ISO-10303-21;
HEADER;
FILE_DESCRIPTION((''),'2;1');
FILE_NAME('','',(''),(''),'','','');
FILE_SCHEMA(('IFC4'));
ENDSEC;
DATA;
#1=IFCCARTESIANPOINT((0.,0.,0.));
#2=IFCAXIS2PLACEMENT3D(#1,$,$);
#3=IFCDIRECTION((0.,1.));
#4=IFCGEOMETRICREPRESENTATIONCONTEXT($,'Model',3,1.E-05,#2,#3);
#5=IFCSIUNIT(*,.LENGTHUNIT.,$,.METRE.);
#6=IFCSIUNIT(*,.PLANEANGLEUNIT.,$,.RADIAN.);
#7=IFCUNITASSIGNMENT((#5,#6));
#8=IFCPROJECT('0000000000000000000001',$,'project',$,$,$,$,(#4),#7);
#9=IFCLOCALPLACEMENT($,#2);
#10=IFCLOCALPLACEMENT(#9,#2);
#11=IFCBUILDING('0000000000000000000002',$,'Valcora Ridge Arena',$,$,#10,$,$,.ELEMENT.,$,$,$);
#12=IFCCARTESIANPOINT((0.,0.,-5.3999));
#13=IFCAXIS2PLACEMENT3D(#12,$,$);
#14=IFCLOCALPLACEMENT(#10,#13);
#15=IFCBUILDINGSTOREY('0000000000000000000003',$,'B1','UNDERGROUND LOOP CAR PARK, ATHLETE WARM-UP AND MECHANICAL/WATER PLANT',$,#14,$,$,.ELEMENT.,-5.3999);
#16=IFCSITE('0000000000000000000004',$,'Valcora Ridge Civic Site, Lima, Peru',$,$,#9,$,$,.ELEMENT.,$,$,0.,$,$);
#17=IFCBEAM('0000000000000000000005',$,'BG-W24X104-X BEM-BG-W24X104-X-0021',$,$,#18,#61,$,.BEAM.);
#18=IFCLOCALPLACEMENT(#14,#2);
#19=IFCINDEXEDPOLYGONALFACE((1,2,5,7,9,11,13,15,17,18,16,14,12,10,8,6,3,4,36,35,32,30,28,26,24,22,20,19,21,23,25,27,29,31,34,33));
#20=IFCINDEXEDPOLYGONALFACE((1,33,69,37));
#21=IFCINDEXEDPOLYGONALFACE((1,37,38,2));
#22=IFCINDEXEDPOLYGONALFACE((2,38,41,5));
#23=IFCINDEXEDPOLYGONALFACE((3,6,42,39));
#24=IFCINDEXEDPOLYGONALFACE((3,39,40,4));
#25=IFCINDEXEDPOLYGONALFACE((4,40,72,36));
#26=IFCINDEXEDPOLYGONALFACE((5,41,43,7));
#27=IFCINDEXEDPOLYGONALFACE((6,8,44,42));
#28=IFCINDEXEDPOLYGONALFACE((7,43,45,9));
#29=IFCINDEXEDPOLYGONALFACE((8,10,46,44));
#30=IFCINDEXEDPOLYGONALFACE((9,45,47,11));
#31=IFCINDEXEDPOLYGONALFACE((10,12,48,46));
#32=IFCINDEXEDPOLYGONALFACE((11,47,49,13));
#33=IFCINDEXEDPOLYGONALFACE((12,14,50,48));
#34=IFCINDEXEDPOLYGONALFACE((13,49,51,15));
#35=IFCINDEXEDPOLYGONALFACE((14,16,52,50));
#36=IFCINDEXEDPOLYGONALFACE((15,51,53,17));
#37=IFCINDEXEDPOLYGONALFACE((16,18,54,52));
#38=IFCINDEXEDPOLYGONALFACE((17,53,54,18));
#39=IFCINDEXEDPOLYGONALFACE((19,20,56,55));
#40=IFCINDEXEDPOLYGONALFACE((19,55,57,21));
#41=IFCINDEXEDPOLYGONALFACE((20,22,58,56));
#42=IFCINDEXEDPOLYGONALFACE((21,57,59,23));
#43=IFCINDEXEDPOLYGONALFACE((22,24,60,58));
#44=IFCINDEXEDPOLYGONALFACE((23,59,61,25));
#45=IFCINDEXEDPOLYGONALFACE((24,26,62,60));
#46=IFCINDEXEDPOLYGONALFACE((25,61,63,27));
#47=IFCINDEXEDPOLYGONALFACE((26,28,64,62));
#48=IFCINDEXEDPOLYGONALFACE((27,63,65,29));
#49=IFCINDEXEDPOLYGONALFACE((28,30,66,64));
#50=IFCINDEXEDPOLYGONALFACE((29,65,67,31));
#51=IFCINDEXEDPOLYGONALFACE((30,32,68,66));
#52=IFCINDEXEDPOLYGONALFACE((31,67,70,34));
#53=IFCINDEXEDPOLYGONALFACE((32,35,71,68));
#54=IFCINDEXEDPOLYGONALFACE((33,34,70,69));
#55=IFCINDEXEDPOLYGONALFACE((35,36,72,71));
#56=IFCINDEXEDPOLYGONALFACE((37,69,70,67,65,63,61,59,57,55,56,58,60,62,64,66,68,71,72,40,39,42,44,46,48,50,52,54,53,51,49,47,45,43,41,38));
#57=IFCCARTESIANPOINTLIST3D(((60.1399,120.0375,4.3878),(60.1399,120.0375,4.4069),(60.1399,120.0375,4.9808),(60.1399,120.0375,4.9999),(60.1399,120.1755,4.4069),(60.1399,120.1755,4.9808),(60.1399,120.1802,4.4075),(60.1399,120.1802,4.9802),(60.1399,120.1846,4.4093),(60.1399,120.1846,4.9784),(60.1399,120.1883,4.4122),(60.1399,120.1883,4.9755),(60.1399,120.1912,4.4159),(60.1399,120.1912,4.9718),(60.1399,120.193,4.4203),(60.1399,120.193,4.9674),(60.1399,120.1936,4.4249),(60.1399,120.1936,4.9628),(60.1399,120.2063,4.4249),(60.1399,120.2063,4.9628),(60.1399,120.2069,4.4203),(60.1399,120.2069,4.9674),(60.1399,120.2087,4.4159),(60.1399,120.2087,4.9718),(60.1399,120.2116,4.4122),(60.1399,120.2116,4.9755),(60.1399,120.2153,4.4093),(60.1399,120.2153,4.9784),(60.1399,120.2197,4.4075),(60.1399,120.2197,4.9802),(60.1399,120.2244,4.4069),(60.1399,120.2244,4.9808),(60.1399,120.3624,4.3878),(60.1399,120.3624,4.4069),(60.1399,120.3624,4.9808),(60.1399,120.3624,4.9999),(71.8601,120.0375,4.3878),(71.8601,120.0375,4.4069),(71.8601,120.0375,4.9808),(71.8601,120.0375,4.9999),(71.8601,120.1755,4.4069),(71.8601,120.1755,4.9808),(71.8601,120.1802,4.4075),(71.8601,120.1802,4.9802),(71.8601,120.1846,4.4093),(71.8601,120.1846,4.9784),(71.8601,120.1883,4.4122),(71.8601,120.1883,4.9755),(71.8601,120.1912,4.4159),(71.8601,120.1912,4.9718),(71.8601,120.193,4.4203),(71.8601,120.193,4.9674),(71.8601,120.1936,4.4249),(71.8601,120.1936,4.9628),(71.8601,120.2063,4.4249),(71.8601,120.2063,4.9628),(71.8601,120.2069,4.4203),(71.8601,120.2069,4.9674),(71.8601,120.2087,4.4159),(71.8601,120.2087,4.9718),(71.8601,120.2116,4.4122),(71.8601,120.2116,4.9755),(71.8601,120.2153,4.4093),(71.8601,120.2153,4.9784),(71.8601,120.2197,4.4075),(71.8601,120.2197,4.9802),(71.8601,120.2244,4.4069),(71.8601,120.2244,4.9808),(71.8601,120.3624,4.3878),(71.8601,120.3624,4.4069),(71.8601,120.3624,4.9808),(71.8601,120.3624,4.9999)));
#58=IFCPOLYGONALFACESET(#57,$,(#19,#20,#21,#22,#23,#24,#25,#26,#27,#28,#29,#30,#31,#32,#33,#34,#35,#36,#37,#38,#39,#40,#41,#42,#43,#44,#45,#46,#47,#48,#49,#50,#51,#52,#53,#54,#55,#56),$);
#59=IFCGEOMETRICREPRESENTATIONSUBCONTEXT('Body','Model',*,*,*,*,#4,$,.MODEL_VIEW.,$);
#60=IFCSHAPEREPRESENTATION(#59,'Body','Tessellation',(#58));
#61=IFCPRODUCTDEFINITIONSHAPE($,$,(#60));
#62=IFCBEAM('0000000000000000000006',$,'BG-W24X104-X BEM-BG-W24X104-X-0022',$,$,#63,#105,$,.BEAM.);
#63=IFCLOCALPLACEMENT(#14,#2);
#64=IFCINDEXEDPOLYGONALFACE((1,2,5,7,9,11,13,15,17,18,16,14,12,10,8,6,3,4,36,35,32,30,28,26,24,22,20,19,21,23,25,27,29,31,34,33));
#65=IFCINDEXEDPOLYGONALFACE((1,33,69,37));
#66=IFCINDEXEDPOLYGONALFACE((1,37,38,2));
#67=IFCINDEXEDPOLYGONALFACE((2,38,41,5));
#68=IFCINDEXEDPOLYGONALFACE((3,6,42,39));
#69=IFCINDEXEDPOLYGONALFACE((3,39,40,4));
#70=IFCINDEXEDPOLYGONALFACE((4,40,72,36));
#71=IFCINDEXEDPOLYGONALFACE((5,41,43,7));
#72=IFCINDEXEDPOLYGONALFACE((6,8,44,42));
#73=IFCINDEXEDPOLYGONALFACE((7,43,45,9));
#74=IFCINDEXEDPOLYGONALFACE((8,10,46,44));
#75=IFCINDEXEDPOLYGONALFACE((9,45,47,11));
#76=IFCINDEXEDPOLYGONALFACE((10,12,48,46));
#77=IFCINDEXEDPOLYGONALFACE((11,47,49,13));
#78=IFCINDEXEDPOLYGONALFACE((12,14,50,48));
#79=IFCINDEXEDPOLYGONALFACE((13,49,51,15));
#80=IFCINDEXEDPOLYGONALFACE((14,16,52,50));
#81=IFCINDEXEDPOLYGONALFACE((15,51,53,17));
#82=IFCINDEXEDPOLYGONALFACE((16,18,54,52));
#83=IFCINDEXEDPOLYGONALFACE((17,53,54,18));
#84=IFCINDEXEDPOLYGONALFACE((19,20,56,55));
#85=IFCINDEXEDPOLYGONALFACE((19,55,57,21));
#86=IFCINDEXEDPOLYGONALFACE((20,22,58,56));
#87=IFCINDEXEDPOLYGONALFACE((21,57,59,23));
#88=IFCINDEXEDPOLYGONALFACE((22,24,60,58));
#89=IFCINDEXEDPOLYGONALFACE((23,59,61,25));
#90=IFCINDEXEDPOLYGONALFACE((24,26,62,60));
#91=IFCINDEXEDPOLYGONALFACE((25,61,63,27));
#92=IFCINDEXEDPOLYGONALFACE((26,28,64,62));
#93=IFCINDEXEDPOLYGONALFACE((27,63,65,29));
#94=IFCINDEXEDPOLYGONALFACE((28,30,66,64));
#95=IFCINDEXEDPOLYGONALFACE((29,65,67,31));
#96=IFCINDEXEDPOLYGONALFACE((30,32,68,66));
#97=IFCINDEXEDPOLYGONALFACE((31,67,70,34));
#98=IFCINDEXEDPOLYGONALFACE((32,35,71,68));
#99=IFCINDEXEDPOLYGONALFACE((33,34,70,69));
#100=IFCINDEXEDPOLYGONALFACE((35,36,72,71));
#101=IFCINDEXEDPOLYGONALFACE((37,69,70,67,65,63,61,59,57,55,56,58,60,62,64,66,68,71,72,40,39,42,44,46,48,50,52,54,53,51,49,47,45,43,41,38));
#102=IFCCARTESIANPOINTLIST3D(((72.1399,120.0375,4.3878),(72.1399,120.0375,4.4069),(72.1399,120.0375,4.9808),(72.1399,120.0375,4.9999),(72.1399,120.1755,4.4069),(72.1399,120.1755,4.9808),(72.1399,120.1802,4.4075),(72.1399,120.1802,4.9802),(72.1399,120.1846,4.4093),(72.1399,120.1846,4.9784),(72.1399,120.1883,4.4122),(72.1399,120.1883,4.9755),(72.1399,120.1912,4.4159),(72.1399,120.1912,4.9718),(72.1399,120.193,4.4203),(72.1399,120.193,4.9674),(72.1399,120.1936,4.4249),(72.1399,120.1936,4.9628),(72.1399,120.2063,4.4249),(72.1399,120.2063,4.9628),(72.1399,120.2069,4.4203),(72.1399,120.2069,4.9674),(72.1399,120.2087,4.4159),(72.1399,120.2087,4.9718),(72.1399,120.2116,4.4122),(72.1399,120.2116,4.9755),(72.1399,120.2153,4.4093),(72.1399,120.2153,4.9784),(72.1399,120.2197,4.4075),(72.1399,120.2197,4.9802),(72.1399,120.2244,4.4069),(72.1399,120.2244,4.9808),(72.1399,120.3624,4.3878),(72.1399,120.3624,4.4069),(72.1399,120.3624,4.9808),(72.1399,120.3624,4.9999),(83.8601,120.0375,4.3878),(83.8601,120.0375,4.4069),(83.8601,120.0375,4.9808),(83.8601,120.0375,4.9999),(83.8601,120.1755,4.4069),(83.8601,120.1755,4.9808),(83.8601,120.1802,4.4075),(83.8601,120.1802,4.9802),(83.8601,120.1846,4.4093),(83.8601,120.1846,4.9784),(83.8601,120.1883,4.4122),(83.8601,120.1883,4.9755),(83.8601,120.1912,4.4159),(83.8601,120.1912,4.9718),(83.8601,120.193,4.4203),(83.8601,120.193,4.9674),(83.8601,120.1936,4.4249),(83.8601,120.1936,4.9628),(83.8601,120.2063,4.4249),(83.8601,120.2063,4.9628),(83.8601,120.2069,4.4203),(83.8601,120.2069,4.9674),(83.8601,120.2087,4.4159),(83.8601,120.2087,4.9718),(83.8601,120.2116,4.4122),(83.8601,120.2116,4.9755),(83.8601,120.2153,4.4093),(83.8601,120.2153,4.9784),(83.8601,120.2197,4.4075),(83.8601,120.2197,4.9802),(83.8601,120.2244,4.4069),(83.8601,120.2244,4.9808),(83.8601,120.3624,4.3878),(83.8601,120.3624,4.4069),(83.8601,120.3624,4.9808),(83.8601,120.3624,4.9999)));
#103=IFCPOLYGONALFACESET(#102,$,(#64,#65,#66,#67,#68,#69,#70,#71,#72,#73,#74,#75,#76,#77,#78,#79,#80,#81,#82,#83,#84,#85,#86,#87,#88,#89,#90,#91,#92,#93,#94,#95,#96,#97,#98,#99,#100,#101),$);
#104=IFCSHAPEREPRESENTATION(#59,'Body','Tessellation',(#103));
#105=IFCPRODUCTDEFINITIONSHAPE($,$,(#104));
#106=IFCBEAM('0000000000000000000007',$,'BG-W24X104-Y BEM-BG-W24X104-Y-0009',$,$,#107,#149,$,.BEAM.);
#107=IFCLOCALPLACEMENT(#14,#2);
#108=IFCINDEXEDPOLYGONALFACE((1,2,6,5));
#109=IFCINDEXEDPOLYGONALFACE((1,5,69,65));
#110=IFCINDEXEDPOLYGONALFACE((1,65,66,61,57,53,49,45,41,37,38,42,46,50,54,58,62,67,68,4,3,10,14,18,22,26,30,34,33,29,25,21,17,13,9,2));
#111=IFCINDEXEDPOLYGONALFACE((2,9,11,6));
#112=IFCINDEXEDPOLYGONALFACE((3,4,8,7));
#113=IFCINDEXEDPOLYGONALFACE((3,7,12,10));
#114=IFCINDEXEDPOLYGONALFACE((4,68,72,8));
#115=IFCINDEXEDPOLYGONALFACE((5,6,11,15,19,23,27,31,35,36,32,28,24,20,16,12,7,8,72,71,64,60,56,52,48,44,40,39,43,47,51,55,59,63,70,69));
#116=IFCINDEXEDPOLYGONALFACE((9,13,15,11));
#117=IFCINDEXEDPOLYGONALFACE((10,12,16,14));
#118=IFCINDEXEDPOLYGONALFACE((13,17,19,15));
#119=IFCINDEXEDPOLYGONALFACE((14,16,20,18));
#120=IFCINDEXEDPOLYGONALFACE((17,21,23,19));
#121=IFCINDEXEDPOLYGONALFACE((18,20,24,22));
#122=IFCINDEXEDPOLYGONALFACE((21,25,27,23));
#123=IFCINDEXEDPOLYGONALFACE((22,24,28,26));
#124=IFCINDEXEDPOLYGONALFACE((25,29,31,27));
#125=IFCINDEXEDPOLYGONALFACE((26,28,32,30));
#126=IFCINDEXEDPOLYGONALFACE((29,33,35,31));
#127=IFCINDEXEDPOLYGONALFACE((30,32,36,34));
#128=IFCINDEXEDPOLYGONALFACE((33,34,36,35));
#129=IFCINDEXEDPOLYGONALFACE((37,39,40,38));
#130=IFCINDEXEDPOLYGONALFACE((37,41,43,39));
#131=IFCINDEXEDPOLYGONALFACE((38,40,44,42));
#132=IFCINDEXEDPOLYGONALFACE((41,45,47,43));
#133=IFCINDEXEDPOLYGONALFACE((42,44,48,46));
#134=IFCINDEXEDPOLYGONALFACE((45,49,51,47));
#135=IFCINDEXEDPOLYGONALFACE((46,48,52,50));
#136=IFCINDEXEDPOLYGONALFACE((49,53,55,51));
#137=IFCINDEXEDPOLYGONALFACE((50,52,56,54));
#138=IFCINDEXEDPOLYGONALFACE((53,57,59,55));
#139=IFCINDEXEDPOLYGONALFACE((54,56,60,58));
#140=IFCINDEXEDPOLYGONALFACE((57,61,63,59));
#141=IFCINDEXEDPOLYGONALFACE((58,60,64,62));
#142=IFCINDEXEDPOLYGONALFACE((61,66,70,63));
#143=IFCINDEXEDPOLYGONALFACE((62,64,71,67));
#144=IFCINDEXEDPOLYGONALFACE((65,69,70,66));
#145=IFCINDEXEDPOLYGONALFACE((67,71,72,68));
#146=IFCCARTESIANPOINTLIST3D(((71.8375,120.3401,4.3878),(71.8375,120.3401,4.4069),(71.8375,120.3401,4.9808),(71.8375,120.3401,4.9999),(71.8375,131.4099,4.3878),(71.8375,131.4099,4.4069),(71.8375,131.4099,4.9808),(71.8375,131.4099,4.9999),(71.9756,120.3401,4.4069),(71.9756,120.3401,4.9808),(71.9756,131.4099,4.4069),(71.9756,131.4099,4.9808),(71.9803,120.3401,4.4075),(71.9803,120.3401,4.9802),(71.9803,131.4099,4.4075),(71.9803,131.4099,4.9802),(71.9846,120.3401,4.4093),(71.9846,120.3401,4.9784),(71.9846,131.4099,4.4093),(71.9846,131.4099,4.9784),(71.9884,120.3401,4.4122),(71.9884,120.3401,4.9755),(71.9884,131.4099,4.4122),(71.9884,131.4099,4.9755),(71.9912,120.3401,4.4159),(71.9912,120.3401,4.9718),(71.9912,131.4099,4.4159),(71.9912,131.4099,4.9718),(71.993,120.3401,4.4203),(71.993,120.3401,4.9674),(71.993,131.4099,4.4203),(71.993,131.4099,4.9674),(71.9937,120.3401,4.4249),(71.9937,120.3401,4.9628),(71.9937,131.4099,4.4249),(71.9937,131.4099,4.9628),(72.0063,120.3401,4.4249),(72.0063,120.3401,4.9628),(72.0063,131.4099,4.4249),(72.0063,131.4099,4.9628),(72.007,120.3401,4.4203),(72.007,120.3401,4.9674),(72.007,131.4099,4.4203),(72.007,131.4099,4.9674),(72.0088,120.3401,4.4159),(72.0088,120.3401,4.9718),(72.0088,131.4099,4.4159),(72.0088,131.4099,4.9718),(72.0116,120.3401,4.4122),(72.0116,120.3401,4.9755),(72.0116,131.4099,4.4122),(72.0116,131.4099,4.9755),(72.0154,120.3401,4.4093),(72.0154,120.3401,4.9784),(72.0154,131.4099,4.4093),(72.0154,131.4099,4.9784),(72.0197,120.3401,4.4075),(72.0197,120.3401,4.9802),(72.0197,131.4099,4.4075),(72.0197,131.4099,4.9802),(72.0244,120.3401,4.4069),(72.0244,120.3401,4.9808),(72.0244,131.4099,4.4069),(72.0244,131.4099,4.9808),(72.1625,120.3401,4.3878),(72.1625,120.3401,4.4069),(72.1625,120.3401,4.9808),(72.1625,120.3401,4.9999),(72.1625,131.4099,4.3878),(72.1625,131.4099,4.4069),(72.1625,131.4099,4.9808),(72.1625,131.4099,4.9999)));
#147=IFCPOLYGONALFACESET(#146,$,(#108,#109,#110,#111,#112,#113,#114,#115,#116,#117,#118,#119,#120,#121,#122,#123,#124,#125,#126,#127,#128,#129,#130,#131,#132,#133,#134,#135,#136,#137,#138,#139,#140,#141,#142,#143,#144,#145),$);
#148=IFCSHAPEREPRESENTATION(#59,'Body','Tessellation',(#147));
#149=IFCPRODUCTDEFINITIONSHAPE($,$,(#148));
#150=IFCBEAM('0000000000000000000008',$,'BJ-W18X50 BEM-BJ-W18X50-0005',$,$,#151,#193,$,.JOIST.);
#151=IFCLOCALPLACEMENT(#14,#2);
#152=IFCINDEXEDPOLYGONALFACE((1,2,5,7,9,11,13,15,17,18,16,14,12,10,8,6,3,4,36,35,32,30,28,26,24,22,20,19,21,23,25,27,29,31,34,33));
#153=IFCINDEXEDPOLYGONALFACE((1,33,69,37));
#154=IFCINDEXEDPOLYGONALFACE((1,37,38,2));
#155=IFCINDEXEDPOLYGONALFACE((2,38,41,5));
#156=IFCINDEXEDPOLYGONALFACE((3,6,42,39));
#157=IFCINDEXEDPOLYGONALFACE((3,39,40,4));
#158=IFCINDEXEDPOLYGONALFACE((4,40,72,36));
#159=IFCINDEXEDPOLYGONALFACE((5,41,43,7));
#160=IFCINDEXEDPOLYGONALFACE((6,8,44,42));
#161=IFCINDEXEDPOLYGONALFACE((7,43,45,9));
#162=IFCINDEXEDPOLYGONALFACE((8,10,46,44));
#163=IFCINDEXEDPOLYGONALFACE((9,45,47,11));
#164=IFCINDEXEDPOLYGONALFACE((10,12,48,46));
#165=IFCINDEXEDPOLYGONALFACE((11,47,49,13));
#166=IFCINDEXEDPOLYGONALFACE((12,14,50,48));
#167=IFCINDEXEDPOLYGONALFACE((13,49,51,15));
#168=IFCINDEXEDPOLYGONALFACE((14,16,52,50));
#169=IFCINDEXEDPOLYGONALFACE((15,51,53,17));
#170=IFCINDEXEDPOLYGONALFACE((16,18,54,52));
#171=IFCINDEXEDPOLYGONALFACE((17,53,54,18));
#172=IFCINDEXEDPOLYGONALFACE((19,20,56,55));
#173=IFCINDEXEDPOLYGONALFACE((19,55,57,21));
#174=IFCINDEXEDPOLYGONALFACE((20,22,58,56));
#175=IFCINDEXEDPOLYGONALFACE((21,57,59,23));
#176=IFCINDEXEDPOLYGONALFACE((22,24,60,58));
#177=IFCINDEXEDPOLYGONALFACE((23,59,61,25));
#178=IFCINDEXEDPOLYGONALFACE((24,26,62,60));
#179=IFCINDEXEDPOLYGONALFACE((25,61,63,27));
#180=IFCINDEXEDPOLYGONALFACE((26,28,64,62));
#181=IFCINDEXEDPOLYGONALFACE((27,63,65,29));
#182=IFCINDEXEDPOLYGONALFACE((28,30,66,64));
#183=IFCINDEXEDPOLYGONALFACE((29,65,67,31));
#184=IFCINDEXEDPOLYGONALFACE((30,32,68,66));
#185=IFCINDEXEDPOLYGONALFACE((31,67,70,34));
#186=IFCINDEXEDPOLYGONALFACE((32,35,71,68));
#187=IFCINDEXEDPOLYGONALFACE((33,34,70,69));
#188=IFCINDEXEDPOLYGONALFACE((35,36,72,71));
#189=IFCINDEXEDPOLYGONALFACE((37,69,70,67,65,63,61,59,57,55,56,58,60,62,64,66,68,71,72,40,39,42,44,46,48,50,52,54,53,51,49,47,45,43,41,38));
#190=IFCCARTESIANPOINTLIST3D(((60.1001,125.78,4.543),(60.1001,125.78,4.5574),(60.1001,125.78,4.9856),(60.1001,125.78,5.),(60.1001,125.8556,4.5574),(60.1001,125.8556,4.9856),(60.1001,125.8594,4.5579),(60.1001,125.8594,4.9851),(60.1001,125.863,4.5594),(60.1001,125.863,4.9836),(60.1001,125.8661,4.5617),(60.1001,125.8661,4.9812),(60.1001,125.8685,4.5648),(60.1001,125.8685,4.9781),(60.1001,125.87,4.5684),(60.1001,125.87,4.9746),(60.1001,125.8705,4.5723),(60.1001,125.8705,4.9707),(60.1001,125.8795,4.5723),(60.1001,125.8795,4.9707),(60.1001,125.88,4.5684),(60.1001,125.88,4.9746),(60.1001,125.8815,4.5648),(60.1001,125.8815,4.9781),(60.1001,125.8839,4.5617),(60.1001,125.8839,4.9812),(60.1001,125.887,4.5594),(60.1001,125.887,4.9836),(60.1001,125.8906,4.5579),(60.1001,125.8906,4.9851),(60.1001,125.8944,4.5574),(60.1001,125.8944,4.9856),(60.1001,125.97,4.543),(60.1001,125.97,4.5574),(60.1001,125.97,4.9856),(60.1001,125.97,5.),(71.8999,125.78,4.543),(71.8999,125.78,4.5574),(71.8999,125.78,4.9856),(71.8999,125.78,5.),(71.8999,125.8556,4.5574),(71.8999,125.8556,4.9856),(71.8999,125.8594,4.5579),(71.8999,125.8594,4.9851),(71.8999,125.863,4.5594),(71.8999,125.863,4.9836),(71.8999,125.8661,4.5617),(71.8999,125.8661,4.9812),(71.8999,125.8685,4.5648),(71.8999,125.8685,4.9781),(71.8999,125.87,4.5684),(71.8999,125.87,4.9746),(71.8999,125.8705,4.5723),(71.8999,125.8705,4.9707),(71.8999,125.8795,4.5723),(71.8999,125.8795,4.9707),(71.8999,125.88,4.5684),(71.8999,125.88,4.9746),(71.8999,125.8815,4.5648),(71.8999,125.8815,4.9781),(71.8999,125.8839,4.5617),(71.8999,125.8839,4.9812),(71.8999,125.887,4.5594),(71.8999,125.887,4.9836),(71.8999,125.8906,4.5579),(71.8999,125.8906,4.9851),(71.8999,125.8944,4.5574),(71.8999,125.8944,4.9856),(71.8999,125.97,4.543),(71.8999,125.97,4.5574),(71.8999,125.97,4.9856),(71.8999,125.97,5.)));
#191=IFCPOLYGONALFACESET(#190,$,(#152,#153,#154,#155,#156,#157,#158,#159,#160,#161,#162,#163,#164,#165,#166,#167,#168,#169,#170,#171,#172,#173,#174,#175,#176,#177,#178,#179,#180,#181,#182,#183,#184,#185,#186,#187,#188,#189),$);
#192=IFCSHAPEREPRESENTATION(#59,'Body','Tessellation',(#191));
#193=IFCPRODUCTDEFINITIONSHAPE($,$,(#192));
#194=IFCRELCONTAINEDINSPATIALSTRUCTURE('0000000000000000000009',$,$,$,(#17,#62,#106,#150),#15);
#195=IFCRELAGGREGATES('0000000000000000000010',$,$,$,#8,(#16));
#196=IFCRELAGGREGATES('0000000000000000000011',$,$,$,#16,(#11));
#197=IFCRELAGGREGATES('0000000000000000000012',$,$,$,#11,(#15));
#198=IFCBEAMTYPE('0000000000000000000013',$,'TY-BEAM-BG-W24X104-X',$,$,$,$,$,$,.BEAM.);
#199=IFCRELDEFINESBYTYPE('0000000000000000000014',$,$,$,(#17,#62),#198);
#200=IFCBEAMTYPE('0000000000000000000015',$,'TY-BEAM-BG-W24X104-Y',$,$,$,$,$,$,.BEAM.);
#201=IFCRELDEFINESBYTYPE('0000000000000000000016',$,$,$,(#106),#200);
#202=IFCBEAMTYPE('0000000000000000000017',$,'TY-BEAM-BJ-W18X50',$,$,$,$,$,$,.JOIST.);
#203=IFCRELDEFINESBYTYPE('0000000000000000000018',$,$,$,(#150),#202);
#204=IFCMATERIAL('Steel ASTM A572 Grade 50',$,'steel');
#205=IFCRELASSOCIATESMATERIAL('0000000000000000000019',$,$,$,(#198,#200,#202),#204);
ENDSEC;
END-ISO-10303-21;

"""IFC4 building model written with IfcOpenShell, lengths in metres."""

from ifc_helpers import new_model, si_unit, direction, frame, origin, origin_2d, place, context, subcontext, project, spatial, i_section, extrude, material, material_profile, profile_set, type_object, element, save


model = new_model("IFC4")

# Units and contexts
model_context = context("Model", 3, precision=1e-05, world=origin(), true_north=direction((0.0, 1.0)))
body_context = subcontext(model_context, "Body", "Model", "MODEL_VIEW")
ifc_project = project(units=[si_unit("LENGTHUNIT", "METRE"), si_unit("PLANEANGLEUNIT", "RADIAN")], contexts=[model_context])

# Site, building, storey
site_placement = place(None, origin())
site = spatial("IfcSite", under=ifc_project, at=site_placement, Name="Valcora Ridge Civic Site, Lima, Peru", CompositionType="ELEMENT", RefElevation=0.0)
building_placement = place(site_placement, origin())
building = spatial("IfcBuilding", under=site, at=building_placement, Name="Valcora Ridge Arena", CompositionType="ELEMENT")
storey_placement = place(building_placement, frame((0.0, 0.0, -5.3999)))
storey = spatial("IfcBuildingStorey", under=building, at=storey_placement, Name="B1", Description="UNDERGROUND LOOP CAR PARK, ATHLETE WARM-UP AND MECHANICAL/WATER PLANT", CompositionType="ELEMENT", Elevation=-5.3999)

# Beams
ifc_material_1 = material(Name="Steel ASTM A572 Grade 50", Category="steel")
ifc_material_profile_1 = material_profile(ifc_material_1, i_section(OverallWidth=0.325, OverallDepth=0.6121, WebThickness=0.0127, FlangeThickness=0.019, FilletRadius=0.0181, at=origin_2d()), Name="W24X104")
ifc_profile_set_1 = profile_set([ifc_material_profile_1], Name="Steel ASTM A572 Grade 50")
beam_type_1 = type_object("IfcBeamType", Name="TY-BEAM-BG-W24X104-X", PredefinedType="BEAM", material=ifc_profile_set_1)
for number, where, z_axis, x_axis, name in (
    (1, (60.1399, 120.2, 4.6938), (1.0, 0.0, 0.0), (0.0, 1.0, 0.0), "BG-W24X104-X BEM-BG-W24X104-X-0021"),
    (2, (72.1399, 120.2, 4.6938), (1.0, 0.0, 0.0), (0.0, 1.0, 0.0), "BG-W24X104-X BEM-BG-W24X104-X-0022"),
):
    element("IfcBeam", number, at=place(storey_placement, frame(where, z_axis=z_axis, x_axis=x_axis)), inside=storey, type_object=beam_type_1, Name=name, PredefinedType="BEAM", context=body_context, shape_type="SweptSolid", body=[
        extrude(i_section(OverallWidth=0.325, OverallDepth=0.6121, WebThickness=0.0127, FlangeThickness=0.019, FilletRadius=0.0181, at=origin_2d()), origin(), (0.0, 0.0, 1.0), 11.7202),
    ])
ifc_material_profile_2 = material_profile(ifc_material_1, i_section(OverallWidth=0.325, OverallDepth=0.6121, WebThickness=0.0127, FlangeThickness=0.019, FilletRadius=0.0181, at=origin_2d()), Name="W24X104")
ifc_profile_set_2 = profile_set([ifc_material_profile_2], Name="Steel ASTM A572 Grade 50")
beam_type_2 = type_object("IfcBeamType", Name="TY-BEAM-BG-W24X104-Y", PredefinedType="BEAM", material=ifc_profile_set_2)
beam_placement = place(storey_placement, frame((72.0, 120.3401, 4.6938), z_axis=(0.0, 1.0, 0.0), x_axis=(-1.0, 0.0, 0.0)))
element("IfcBeam", 3, at=beam_placement, inside=storey, type_object=beam_type_2, Name="BG-W24X104-Y BEM-BG-W24X104-Y-0009", PredefinedType="BEAM", context=body_context, shape_type="SweptSolid", body=[
    extrude(i_section(OverallWidth=0.325, OverallDepth=0.6121, WebThickness=0.0127, FlangeThickness=0.019, FilletRadius=0.0181, at=origin_2d()), origin(), (0.0, 0.0, 1.0), 11.0698),
])
ifc_material_profile_3 = material_profile(ifc_material_1, i_section(OverallWidth=0.1899, OverallDepth=0.457, WebThickness=0.009, FlangeThickness=0.0144, FilletRadius=0.0149, at=origin_2d()), Name="W18X50")
ifc_profile_set_3 = profile_set([ifc_material_profile_3], Name="Steel ASTM A572 Grade 50")
beam_type_3 = type_object("IfcBeamType", Name="TY-BEAM-BJ-W18X50", PredefinedType="JOIST", material=ifc_profile_set_3)
for number, where, z_axis, x_axis, name in (
    (4, (60.1001, 125.875, 4.7715), (1.0, 0.0, 0.0), (0.0, 1.0, 0.0), "BJ-W18X50 BEM-BJ-W18X50-0005"),
):
    element("IfcBeam", number, at=place(storey_placement, frame(where, z_axis=z_axis, x_axis=x_axis)), inside=storey, type_object=beam_type_3, Name=name, PredefinedType="JOIST", context=body_context, shape_type="SweptSolid", body=[
        extrude(i_section(OverallWidth=0.1899, OverallDepth=0.457, WebThickness=0.009, FlangeThickness=0.0144, FilletRadius=0.0149, at=origin_2d()), origin(), (0.0, 0.0, 1.0), 11.7998),
    ])

save(model, "model.ifc")
